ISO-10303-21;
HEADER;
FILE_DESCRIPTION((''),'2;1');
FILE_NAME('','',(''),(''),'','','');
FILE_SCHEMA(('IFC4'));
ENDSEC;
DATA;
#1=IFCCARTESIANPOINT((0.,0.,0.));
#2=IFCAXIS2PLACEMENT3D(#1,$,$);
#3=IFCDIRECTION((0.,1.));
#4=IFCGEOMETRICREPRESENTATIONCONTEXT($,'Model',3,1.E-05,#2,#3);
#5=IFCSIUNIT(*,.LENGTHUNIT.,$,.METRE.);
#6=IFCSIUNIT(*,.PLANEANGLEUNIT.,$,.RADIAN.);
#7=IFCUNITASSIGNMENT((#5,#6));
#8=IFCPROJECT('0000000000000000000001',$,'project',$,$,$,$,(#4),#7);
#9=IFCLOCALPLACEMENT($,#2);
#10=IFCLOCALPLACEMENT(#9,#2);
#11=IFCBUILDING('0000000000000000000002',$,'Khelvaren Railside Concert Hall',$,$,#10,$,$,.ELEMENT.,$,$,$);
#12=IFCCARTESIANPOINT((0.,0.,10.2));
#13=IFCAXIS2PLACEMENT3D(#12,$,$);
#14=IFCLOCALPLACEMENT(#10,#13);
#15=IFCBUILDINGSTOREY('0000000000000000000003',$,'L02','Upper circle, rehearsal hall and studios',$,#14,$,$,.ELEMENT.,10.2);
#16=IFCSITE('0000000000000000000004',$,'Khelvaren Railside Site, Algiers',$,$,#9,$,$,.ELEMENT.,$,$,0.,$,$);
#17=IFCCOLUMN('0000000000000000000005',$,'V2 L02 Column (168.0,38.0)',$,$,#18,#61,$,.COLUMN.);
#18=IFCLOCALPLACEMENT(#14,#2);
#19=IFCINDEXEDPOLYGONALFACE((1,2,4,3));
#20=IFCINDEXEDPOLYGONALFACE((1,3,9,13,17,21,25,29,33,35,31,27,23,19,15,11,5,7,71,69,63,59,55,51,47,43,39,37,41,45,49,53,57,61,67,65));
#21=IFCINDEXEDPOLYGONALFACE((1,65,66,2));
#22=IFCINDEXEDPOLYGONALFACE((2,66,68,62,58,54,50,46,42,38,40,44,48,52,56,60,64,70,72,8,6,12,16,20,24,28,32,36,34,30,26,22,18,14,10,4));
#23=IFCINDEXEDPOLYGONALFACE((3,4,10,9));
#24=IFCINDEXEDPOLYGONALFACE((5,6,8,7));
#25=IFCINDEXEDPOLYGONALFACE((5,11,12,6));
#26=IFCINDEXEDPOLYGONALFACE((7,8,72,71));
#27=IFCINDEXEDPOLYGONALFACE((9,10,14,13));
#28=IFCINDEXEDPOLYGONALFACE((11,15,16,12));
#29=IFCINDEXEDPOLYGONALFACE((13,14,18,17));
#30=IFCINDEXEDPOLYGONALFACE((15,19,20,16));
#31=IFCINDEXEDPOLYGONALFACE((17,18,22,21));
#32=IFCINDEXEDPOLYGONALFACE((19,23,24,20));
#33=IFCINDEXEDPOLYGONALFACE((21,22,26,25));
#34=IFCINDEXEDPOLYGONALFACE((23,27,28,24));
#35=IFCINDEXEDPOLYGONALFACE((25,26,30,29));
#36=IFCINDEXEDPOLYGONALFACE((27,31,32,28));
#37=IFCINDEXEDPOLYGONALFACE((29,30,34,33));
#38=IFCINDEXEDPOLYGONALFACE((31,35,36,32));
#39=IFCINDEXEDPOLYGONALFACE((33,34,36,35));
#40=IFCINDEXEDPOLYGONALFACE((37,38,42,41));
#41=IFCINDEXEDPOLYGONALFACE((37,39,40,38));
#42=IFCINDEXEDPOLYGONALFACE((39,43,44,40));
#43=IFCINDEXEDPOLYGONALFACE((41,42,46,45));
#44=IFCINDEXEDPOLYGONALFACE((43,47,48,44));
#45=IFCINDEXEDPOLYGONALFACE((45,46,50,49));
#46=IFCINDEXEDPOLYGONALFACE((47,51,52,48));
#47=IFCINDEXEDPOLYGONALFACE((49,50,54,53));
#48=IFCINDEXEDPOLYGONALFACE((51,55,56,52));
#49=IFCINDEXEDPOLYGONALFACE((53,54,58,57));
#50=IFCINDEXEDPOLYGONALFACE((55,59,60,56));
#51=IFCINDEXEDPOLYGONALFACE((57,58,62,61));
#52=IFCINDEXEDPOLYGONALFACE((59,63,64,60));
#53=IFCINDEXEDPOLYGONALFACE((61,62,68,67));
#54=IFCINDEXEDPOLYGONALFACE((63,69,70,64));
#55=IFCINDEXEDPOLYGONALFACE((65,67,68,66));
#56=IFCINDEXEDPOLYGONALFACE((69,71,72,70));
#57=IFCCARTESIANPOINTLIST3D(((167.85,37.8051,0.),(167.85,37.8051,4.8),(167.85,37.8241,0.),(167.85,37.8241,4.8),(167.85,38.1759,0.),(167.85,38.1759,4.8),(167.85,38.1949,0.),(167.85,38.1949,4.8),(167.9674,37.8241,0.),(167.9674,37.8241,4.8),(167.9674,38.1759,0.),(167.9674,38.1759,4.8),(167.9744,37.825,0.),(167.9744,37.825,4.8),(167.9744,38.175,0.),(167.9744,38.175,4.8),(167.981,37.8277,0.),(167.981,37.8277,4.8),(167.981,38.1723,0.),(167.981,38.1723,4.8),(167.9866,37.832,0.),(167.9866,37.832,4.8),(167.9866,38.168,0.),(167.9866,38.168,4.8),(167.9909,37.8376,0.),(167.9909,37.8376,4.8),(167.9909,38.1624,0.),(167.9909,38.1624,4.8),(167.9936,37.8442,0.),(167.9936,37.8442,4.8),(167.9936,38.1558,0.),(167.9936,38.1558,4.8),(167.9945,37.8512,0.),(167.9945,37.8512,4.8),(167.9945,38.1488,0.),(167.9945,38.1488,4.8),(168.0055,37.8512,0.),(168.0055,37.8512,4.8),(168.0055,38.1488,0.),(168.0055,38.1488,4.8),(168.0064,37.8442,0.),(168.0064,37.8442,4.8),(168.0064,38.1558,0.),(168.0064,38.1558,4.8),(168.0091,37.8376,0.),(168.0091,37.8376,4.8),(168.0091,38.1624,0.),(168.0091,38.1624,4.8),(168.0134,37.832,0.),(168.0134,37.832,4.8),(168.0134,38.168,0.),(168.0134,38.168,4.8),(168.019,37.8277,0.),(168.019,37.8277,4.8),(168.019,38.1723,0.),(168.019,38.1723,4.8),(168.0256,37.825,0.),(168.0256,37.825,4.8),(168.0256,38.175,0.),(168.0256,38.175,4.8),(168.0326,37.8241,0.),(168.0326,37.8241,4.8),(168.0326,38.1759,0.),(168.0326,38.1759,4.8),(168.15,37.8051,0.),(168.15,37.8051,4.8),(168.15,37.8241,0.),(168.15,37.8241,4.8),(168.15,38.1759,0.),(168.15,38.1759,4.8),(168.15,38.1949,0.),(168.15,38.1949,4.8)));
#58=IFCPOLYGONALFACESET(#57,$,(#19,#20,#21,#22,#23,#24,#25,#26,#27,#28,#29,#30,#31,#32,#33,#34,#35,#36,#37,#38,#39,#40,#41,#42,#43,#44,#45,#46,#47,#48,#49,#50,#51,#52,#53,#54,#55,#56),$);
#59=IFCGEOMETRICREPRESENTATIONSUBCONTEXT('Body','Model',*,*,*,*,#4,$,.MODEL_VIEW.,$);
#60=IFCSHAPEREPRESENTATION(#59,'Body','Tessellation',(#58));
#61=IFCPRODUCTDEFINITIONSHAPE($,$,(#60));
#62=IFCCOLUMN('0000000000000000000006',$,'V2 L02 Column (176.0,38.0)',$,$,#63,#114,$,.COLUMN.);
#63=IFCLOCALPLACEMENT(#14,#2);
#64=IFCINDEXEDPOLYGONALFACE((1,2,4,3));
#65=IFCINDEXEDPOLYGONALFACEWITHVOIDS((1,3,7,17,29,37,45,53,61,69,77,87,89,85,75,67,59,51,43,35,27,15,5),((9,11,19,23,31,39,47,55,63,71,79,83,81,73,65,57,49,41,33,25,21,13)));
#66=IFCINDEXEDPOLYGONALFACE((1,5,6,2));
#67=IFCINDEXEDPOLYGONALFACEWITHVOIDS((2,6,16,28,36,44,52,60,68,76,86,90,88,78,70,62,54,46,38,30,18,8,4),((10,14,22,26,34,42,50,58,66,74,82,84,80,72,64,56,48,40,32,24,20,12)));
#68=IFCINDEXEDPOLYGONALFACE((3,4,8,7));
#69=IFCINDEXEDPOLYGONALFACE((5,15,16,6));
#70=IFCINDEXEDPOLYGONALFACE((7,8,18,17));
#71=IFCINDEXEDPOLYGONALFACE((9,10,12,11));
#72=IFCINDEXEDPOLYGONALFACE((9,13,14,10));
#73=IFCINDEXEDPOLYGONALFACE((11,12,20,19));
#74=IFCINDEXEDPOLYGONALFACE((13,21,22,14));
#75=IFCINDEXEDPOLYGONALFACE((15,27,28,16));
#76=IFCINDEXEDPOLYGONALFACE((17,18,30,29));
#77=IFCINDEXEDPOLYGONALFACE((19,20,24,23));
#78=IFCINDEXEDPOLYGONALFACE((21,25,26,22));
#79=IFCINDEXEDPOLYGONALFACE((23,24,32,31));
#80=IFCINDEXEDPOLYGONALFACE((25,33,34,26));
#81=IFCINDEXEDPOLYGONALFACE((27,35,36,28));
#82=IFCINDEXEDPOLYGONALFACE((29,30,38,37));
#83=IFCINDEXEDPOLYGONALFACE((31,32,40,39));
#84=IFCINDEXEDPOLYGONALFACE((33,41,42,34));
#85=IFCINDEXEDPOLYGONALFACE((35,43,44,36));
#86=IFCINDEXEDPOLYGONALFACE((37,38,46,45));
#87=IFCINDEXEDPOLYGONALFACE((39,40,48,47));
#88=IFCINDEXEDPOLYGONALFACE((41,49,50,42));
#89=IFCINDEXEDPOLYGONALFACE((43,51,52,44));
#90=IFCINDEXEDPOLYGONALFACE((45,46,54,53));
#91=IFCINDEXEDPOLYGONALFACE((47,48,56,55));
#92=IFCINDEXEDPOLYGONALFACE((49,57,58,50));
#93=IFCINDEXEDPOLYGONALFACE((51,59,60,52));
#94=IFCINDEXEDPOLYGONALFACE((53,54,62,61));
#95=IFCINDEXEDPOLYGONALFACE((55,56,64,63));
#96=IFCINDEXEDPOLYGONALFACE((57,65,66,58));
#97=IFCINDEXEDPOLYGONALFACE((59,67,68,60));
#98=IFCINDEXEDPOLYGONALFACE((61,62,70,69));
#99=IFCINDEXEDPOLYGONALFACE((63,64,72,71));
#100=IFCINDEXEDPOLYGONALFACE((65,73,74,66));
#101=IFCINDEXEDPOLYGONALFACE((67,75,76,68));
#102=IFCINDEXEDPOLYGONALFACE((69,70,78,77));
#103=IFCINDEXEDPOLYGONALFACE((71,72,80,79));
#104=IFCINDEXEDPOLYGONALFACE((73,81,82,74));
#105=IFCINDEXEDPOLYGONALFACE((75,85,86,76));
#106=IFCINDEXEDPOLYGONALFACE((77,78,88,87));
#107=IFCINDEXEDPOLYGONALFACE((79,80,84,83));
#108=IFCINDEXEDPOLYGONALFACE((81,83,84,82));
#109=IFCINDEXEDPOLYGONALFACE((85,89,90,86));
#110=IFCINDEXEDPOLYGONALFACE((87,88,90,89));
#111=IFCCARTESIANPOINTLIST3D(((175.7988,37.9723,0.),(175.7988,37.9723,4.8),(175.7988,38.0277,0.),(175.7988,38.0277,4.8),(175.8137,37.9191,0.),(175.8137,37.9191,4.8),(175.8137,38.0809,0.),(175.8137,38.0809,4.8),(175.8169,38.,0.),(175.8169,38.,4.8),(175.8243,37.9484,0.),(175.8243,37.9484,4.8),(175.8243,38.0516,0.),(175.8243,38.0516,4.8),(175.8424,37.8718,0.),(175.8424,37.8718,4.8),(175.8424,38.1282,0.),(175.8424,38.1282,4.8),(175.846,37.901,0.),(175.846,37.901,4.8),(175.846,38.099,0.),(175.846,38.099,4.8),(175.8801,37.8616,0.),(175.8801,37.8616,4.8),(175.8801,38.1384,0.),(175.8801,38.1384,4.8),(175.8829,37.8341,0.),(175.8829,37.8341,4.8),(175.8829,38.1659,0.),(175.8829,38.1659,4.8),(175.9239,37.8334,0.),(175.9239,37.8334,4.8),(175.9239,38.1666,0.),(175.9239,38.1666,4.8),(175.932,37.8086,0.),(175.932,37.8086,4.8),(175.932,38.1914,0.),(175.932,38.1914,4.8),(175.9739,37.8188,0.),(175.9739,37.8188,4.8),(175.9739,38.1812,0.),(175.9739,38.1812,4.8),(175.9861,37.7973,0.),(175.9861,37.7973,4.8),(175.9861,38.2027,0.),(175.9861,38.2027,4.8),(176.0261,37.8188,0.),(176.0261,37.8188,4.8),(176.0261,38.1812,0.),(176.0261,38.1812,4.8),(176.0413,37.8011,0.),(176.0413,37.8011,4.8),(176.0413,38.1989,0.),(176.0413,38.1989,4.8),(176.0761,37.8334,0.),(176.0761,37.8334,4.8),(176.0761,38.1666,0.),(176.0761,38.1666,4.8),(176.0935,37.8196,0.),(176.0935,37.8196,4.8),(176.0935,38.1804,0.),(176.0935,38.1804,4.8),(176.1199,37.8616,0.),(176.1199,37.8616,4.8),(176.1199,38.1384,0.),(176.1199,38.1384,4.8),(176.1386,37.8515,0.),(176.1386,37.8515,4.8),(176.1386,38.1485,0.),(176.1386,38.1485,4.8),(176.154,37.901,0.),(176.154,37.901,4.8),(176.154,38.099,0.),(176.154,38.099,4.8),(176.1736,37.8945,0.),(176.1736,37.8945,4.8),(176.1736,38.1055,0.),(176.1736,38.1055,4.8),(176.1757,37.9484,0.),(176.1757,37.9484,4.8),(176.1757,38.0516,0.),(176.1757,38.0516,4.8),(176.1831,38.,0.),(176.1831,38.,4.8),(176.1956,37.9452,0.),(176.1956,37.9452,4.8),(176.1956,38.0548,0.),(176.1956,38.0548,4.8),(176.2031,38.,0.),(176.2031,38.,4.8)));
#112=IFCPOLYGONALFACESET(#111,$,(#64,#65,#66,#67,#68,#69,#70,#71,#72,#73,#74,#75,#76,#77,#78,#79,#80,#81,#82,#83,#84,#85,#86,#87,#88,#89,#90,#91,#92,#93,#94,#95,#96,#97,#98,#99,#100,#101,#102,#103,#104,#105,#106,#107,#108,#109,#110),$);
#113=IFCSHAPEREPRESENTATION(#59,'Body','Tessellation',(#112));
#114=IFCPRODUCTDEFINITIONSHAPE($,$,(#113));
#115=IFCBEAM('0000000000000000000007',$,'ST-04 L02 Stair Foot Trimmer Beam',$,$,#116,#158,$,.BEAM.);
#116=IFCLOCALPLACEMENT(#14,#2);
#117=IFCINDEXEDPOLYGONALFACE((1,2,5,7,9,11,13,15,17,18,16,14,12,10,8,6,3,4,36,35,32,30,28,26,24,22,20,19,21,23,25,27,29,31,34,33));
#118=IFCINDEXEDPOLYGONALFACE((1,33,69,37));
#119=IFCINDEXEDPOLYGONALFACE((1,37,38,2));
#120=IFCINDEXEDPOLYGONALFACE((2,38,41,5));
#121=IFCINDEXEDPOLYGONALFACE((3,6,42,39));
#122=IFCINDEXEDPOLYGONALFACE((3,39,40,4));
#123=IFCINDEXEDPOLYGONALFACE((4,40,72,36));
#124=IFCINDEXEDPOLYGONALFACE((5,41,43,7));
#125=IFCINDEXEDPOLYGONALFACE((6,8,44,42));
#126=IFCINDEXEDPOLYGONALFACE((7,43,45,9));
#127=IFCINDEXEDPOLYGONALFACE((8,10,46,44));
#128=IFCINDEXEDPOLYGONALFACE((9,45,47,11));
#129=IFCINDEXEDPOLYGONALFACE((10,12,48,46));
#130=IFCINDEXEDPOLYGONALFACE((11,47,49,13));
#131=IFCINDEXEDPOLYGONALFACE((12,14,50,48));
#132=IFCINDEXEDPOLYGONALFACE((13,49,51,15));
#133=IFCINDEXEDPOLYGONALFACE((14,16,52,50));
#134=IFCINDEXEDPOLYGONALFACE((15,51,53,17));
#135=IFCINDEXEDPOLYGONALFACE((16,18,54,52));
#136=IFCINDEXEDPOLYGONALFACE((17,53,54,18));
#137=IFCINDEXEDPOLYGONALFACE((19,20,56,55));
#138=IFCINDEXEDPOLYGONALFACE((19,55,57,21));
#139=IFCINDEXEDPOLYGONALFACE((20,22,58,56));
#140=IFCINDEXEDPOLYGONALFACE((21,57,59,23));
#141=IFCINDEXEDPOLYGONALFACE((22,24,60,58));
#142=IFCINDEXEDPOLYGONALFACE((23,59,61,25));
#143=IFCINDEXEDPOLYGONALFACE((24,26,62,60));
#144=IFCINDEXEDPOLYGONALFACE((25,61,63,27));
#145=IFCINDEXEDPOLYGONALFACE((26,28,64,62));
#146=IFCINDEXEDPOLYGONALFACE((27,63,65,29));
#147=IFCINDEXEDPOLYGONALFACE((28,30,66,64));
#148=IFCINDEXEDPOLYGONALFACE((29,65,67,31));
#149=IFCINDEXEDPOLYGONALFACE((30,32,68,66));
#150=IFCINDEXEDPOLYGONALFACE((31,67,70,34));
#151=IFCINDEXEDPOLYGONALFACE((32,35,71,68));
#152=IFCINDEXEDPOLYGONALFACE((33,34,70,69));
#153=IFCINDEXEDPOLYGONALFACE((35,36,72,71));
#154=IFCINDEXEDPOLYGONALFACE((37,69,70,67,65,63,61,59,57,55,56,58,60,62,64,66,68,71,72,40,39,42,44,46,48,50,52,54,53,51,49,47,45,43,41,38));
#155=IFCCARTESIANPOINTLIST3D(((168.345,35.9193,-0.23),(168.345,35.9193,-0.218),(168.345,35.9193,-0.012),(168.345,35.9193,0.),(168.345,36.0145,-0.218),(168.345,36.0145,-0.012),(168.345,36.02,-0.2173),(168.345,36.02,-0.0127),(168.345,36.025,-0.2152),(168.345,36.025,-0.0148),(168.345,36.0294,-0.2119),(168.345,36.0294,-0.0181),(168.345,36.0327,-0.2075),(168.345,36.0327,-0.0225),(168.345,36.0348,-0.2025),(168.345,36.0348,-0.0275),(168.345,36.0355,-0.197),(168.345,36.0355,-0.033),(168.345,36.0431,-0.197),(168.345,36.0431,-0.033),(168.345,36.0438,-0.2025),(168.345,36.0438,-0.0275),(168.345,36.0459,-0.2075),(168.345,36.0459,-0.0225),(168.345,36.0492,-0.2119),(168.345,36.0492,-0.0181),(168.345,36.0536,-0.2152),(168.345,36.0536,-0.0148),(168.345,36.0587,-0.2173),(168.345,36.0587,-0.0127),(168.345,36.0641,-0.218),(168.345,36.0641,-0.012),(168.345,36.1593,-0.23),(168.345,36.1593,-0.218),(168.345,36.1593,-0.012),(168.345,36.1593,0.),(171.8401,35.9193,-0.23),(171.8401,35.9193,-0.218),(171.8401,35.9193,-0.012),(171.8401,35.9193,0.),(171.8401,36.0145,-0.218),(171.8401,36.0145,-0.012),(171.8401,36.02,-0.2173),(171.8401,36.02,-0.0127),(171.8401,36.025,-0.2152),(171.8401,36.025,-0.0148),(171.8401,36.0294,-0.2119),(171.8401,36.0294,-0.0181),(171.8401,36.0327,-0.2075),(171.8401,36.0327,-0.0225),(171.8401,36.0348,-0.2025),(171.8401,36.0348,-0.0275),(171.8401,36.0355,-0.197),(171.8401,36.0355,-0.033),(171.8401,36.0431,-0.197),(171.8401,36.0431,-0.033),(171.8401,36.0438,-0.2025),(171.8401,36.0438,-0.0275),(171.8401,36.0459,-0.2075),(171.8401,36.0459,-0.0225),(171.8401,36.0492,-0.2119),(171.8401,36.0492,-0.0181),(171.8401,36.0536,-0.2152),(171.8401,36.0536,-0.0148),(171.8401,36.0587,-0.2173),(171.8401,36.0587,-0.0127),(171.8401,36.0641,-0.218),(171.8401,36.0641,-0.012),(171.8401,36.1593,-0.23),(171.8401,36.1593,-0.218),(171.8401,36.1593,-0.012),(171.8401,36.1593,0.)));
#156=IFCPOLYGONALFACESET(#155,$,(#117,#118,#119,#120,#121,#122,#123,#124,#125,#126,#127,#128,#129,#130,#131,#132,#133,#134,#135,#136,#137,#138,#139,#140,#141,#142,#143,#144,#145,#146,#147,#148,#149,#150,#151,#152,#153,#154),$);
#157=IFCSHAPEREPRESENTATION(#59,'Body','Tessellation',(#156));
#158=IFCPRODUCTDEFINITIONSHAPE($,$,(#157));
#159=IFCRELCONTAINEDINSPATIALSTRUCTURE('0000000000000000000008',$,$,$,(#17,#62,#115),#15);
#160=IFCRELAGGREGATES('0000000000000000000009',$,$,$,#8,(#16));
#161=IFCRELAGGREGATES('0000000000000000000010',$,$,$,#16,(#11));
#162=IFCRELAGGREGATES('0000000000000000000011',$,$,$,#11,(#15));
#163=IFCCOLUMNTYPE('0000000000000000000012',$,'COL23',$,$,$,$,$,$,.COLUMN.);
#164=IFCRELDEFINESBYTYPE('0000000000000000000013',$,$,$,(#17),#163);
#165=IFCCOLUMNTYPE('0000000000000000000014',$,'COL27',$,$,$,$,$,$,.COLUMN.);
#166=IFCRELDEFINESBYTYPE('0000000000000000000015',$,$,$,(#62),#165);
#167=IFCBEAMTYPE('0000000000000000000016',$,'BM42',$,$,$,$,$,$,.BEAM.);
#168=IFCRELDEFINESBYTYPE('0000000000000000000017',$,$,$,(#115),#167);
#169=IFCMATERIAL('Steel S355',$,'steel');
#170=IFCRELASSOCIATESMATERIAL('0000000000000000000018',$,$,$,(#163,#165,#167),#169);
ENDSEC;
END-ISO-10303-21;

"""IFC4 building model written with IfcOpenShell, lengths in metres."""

from ifc_helpers import new_model, si_unit, direction, frame, origin, origin_2d, place, context, subcontext, project, spatial, hollow_circle, i_section, extrude, material, material_profile, profile_set, type_object, element, save


model = new_model("IFC4")

# Units and contexts
model_context = context("Model", 3, precision=1e-05, world=origin(), true_north=direction((0.0, 1.0)))
body_context = subcontext(model_context, "Body", "Model", "MODEL_VIEW")
ifc_project = project(units=[si_unit("LENGTHUNIT", "METRE"), si_unit("PLANEANGLEUNIT", "RADIAN")], contexts=[model_context])

# Site, building, storey
site_placement = place(None, origin())
site = spatial("IfcSite", under=ifc_project, at=site_placement, Name="Khelvaren Railside Site, Algiers", CompositionType="ELEMENT", RefElevation=0.0)
building_placement = place(site_placement, origin())
building = spatial("IfcBuilding", under=site, at=building_placement, Name="Khelvaren Railside Concert Hall", CompositionType="ELEMENT")
storey_placement = place(building_placement, frame((0.0, 0.0, 10.2)))
storey = spatial("IfcBuildingStorey", under=building, at=storey_placement, Name="L02", Description="Upper circle, rehearsal hall and studios", CompositionType="ELEMENT", Elevation=10.2)

# Columns
ifc_material_1 = material(Name="Steel S355", Category="steel")
ifc_material_profile_1 = material_profile(ifc_material_1, i_section(OverallWidth=0.3, OverallDepth=0.3899, WebThickness=0.011, FlangeThickness=0.019, FilletRadius=0.0271, at=origin_2d()), Name="HEA 400")
ifc_profile_set_1 = profile_set([ifc_material_profile_1], Name="Steel S355")
column_type_1 = type_object("IfcColumnType", Name="COL23", PredefinedType="COLUMN", material=ifc_profile_set_1)
column_1_placement = place(storey_placement, frame((168.0, 38.0, 0.0), z_axis=(0.0, 0.0, 1.0), x_axis=(1.0, 0.0, 0.0)))
element("IfcColumn", 1, at=column_1_placement, inside=storey, type_object=column_type_1, Name="V2 L02 Column (168.0,38.0)", PredefinedType="COLUMN", context=body_context, shape_type="SweptSolid", body=[
    extrude(i_section(OverallWidth=0.3, OverallDepth=0.3899, WebThickness=0.011, FlangeThickness=0.019, FilletRadius=0.0271, at=origin_2d()), origin(), (0.0, 0.0, 1.0), 4.8),
])
ifc_material_profile_2 = material_profile(ifc_material_1, hollow_circle(Radius=0.2031, WallThickness=0.02, at=origin_2d()), Name="CHS 406.4x20")
ifc_profile_set_2 = profile_set([ifc_material_profile_2], Name="Steel S355")
column_type_2 = type_object("IfcColumnType", Name="COL27", PredefinedType="COLUMN", material=ifc_profile_set_2)
column_2_placement = place(storey_placement, frame((176.0, 38.0, 0.0), z_axis=(0.0, 0.0, 1.0), x_axis=(1.0, 0.0, 0.0)))
element("IfcColumn", 2, at=column_2_placement, inside=storey, type_object=column_type_2, Name="V2 L02 Column (176.0,38.0)", PredefinedType="COLUMN", context=body_context, shape_type="SweptSolid", body=[
    extrude(hollow_circle(Radius=0.2031, WallThickness=0.02, at=origin_2d()), origin(), (0.0, 0.0, 1.0), 4.8),
])

# Beam
ifc_material_profile_3 = material_profile(ifc_material_1, i_section(OverallWidth=0.24, OverallDepth=0.23, WebThickness=0.0076, FlangeThickness=0.012, FilletRadius=0.021, at=origin_2d()), Name="HEA 240")
ifc_profile_set_3 = profile_set([ifc_material_profile_3], Name="Steel S355")
beam_type_1 = type_object("IfcBeamType", Name="BM42", PredefinedType="BEAM", material=ifc_profile_set_3)
beam_1_placement = place(storey_placement, frame((168.345, 36.0393, -0.115), z_axis=(1.0, 0.0, 0.0), x_axis=(0.0, 1.0, 0.0)))
element("IfcBeam", 3, at=beam_1_placement, inside=storey, type_object=beam_type_1, Name="ST-04 L02 Stair Foot Trimmer Beam", PredefinedType="BEAM", context=body_context, shape_type="SweptSolid", body=[
    extrude(i_section(OverallWidth=0.24, OverallDepth=0.23, WebThickness=0.0076, FlangeThickness=0.012, FilletRadius=0.021, at=origin_2d()), origin(), (0.0, 0.0, 1.0), 3.4951),
])

save(model, "model.ifc")
